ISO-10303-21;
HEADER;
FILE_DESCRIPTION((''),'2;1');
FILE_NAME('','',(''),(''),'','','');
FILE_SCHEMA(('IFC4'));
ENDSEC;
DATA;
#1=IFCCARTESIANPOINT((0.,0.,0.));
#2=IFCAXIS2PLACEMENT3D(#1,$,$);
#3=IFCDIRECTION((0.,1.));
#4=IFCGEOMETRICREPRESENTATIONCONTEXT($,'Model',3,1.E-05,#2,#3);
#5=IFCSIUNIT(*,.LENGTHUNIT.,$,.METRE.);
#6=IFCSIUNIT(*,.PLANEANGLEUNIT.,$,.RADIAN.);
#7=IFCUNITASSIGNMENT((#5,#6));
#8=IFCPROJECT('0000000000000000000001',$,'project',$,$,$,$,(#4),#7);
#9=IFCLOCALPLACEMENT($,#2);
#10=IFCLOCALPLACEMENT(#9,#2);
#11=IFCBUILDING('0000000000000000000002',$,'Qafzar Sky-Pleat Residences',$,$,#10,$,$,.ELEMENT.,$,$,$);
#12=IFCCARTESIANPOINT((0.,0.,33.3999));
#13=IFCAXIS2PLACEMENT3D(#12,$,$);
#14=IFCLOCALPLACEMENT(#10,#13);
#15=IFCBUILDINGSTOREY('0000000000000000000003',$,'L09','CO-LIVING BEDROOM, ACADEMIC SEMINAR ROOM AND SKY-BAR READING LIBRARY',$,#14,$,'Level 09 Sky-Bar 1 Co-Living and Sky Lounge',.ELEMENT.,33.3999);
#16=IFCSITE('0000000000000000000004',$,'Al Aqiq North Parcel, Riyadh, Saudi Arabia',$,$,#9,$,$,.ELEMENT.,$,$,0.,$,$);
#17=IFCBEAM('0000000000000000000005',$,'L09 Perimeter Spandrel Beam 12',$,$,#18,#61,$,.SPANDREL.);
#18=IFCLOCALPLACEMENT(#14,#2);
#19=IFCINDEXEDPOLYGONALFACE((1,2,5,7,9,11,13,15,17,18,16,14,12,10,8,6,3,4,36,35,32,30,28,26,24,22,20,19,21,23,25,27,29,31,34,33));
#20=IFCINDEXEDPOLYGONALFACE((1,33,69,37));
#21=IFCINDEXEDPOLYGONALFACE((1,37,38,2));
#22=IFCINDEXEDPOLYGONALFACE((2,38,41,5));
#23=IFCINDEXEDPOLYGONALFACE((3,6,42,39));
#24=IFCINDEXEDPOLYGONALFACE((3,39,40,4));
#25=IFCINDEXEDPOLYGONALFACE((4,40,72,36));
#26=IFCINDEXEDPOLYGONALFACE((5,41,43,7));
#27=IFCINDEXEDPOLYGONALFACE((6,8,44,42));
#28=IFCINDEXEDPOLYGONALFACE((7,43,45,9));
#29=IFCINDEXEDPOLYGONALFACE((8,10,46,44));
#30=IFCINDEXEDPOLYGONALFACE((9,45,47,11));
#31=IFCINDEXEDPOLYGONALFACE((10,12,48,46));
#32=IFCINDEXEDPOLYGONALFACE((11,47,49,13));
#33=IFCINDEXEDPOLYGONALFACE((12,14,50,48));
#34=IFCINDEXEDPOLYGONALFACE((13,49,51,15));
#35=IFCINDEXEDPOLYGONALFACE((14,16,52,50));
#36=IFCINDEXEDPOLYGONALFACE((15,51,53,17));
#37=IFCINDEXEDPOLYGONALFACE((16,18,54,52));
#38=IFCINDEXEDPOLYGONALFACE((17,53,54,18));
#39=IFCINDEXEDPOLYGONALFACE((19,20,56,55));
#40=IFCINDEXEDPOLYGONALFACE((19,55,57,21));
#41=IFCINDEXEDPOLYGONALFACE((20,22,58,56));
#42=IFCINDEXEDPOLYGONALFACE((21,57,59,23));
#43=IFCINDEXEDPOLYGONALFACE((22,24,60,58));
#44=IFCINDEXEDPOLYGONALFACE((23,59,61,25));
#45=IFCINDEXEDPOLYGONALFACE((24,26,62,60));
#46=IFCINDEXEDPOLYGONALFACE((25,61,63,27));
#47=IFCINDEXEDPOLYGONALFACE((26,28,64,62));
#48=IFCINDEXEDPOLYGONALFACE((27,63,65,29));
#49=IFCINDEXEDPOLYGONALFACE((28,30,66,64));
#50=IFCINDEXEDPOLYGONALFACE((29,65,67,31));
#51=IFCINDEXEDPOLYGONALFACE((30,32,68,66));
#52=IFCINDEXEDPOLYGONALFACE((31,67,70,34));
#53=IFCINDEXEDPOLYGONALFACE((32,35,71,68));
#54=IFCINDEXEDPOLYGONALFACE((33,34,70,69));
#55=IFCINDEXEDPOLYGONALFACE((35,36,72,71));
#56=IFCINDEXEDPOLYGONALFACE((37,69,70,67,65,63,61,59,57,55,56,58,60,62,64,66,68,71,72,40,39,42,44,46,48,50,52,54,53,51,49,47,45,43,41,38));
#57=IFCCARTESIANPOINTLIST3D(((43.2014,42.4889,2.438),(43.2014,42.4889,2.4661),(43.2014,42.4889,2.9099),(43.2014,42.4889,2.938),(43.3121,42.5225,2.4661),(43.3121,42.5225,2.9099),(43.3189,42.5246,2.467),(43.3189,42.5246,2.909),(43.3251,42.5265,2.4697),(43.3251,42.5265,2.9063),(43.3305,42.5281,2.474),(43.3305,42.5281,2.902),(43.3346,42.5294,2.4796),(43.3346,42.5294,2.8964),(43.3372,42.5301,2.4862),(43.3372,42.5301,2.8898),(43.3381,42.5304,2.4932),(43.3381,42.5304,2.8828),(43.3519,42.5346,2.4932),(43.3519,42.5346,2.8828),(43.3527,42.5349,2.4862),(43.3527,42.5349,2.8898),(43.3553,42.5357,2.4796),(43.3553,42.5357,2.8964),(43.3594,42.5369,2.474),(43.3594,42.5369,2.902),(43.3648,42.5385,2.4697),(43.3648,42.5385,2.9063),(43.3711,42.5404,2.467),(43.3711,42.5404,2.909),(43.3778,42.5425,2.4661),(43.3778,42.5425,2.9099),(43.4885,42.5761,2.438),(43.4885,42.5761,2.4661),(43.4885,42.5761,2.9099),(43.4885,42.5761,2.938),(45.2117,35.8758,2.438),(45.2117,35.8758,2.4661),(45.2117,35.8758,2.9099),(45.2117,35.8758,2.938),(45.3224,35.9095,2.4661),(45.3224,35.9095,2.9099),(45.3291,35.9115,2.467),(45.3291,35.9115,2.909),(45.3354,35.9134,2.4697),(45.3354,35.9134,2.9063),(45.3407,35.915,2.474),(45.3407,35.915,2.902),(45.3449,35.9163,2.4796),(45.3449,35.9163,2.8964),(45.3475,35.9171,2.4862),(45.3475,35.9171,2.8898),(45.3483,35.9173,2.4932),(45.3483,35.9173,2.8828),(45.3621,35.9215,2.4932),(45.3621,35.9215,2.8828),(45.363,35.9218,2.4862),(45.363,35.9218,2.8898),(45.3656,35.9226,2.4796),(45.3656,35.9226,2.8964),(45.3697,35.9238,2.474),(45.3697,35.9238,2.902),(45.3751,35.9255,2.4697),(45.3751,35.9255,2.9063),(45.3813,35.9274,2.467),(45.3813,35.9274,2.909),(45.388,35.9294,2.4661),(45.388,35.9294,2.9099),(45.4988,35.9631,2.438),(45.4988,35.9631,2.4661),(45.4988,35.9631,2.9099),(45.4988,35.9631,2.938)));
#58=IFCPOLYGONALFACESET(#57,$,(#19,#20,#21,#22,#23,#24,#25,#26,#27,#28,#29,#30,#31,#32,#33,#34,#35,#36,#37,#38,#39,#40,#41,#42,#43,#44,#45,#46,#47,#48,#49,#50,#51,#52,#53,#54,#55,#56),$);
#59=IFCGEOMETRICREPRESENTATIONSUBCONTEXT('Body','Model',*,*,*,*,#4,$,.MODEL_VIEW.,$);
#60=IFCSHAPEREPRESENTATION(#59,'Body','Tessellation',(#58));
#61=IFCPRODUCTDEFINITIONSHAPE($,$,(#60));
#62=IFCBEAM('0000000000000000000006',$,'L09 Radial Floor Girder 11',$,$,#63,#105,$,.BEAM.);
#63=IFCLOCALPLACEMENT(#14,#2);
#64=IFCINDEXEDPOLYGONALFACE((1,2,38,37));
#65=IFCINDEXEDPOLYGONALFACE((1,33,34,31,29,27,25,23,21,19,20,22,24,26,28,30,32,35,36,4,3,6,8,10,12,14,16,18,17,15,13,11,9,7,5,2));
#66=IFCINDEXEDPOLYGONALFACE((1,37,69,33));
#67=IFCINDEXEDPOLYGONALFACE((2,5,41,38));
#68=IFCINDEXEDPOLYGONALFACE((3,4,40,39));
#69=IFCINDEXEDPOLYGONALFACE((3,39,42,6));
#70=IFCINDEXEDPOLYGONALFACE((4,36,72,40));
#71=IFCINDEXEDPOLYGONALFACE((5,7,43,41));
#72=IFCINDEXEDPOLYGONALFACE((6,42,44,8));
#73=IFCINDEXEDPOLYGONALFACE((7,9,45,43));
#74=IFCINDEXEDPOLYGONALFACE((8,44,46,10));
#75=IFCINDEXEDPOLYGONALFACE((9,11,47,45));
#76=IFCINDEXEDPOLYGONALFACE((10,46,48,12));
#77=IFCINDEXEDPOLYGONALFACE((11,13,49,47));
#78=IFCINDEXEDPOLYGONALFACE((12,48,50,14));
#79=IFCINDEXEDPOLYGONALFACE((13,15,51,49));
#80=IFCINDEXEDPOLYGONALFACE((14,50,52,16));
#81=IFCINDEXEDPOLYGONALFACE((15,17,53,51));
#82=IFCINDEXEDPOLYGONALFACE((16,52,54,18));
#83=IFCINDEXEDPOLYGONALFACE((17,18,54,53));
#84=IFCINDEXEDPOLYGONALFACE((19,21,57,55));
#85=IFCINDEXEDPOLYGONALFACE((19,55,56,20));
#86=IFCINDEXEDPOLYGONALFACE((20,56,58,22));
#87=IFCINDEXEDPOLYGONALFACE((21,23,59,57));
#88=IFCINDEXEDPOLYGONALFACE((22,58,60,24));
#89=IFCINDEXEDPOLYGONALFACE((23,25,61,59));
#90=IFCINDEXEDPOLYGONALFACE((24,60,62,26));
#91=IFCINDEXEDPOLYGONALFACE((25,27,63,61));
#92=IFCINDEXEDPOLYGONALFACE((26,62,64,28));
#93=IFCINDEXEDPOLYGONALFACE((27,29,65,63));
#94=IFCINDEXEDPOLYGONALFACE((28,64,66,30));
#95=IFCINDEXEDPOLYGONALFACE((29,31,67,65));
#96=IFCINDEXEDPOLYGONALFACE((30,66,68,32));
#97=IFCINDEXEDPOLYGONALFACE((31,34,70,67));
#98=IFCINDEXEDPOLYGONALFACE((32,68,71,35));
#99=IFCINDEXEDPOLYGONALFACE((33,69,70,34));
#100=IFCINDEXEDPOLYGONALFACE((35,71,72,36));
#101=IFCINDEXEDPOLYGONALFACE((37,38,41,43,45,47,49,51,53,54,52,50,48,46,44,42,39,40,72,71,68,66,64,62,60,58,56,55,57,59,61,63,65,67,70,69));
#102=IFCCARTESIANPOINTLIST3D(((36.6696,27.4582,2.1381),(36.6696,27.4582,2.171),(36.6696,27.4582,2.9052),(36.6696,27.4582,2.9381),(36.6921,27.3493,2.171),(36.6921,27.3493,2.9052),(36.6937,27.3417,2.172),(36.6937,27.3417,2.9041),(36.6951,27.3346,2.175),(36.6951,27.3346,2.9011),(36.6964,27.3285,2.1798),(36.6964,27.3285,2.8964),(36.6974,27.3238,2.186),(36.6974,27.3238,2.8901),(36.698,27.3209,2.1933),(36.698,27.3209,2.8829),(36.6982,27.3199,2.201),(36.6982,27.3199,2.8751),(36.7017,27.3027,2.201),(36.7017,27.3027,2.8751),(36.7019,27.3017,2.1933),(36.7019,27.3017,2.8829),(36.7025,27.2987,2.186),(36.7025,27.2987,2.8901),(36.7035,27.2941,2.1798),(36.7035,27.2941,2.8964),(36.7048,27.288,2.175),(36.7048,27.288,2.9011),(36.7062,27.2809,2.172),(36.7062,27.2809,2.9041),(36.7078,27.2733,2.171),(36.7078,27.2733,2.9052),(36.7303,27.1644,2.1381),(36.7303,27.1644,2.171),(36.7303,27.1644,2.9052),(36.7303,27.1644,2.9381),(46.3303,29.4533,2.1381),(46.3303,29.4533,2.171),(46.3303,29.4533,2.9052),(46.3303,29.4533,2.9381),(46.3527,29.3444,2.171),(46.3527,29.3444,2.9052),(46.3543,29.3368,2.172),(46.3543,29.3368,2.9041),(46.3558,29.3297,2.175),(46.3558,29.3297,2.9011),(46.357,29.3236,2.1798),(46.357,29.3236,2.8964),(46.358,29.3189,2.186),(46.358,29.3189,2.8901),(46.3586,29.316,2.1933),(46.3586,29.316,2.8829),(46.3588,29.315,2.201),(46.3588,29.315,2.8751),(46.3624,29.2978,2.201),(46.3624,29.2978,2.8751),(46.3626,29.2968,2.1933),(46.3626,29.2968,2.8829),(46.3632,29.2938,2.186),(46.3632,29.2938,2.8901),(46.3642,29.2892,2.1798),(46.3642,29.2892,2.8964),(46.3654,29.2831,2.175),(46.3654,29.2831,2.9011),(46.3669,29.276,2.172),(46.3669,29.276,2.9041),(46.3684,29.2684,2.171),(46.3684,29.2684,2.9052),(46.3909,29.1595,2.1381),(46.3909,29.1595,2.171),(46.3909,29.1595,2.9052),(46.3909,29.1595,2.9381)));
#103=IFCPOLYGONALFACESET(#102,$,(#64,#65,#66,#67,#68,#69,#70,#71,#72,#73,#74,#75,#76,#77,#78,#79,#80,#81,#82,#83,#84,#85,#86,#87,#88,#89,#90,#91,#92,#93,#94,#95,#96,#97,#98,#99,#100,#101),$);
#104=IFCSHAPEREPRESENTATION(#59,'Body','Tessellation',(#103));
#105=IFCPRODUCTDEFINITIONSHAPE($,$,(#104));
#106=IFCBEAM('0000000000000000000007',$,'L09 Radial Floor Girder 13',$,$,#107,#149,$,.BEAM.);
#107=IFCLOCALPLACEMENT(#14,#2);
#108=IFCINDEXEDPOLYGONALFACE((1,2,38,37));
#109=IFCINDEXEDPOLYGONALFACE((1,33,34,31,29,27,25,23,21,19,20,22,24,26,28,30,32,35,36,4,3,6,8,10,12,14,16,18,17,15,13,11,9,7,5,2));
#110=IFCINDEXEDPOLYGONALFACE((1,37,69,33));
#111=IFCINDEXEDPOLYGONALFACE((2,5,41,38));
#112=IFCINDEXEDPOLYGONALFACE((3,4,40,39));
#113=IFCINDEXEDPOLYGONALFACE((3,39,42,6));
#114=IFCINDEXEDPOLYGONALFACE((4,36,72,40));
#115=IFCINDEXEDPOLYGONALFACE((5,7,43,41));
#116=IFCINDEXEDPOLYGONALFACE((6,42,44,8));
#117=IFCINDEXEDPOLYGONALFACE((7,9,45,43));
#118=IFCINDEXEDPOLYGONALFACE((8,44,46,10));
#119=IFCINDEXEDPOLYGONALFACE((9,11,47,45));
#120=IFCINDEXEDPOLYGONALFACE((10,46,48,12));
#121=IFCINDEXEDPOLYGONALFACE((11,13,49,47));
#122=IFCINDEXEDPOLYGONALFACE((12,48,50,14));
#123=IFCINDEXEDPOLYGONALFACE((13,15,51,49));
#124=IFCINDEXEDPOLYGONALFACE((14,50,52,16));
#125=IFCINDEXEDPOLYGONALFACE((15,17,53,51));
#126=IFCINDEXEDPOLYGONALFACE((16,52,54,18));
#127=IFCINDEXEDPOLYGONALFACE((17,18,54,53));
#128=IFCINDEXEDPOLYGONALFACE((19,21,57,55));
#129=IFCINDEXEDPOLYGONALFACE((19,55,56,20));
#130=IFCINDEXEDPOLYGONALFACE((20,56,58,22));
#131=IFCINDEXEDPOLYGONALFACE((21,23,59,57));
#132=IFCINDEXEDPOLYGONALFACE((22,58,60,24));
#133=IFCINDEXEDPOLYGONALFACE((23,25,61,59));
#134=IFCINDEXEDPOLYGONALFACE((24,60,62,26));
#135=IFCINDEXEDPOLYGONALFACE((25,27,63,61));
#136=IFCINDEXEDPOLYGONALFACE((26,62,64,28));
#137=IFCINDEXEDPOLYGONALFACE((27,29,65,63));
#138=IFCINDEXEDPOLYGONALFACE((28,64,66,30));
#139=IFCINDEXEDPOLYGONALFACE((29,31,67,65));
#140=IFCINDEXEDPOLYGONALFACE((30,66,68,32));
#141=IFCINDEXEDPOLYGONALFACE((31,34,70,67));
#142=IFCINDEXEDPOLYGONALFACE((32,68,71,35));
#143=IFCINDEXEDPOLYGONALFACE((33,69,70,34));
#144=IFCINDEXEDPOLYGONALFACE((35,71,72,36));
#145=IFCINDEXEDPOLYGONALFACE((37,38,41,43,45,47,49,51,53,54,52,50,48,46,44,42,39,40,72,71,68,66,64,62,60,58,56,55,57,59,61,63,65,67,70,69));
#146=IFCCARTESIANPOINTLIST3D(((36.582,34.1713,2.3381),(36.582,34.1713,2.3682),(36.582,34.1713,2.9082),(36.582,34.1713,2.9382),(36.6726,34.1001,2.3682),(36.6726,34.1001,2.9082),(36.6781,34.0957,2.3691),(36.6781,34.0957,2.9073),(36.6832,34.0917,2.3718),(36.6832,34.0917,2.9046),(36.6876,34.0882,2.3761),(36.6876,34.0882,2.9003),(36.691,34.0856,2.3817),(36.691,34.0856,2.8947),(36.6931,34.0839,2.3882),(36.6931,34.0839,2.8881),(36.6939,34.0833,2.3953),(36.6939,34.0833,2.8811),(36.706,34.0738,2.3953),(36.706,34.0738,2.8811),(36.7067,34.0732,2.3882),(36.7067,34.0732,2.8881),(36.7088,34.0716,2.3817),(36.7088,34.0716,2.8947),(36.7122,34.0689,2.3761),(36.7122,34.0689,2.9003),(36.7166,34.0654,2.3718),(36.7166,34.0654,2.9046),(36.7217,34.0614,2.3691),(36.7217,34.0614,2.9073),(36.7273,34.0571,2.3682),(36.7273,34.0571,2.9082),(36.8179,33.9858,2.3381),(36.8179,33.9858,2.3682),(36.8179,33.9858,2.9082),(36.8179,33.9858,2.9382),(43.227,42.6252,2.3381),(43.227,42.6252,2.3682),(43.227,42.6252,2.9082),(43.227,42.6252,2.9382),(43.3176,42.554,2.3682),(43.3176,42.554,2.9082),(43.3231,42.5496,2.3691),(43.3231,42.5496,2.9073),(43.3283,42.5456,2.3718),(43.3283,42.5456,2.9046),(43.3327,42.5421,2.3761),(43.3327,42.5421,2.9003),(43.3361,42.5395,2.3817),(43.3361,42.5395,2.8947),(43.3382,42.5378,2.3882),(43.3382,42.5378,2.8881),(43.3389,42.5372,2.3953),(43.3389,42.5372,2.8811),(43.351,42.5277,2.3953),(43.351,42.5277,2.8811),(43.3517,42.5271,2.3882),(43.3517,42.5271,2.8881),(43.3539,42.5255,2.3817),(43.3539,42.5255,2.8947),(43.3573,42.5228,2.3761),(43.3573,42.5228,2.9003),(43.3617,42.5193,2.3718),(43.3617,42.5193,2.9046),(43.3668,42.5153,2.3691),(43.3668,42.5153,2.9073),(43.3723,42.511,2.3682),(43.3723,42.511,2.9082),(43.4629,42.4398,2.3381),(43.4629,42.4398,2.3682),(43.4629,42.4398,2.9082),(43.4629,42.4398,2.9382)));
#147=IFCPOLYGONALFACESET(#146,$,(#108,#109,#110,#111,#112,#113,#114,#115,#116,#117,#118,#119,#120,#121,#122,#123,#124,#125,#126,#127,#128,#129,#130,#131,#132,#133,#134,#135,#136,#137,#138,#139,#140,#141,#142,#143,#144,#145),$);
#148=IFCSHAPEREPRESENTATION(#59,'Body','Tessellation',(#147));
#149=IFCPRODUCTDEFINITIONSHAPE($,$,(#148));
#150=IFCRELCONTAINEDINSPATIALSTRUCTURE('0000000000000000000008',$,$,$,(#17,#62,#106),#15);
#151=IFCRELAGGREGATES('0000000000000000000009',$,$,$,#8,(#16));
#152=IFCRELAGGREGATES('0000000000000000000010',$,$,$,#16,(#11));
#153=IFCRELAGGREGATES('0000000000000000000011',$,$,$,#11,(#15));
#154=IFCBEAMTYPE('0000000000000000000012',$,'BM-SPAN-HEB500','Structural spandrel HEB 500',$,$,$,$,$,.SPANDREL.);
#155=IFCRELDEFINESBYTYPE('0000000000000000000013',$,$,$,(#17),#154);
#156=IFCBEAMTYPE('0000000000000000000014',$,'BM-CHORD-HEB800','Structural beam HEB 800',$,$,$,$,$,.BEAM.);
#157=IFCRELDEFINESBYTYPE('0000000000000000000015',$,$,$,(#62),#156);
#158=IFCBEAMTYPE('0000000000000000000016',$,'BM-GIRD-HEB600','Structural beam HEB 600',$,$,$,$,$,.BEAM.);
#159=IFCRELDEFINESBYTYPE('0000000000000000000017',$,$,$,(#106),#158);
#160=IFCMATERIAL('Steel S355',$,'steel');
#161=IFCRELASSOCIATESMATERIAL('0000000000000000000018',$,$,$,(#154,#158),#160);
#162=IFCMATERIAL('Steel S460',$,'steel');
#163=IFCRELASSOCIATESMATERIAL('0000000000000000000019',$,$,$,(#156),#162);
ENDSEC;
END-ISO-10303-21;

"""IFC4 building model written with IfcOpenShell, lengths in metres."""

from ifc_helpers import new_model, si_unit, direction, frame, origin, origin_2d, place, context, subcontext, project, spatial, i_section, extrude, source, transform, mapped, material, material_profile, profile_set, type_object, element, save


model = new_model("IFC4")

# Units and contexts
model_context = context("Model", 3, precision=1e-05, world=origin(), true_north=direction((0.0, 1.0)))
body_context = subcontext(model_context, "Body", "Model", "MODEL_VIEW")
ifc_project = project(units=[si_unit("LENGTHUNIT", "METRE"), si_unit("PLANEANGLEUNIT", "RADIAN")], contexts=[model_context])

# Site, building, storey
site_placement = place(None, origin())
site = spatial("IfcSite", under=ifc_project, at=site_placement, Name="Al Aqiq North Parcel, Riyadh, Saudi Arabia", CompositionType="ELEMENT", RefElevation=0.0)
building_placement = place(site_placement, origin())
building = spatial("IfcBuilding", under=site, at=building_placement, Name="Qafzar Sky-Pleat Residences", CompositionType="ELEMENT")
storey_placement = place(building_placement, frame((0.0, 0.0, 33.3999)))
storey = spatial("IfcBuildingStorey", under=building, at=storey_placement, Name="L09", Description="CO-LIVING BEDROOM, ACADEMIC SEMINAR ROOM AND SKY-BAR READING LIBRARY", LongName="Level 09 Sky-Bar 1 Co-Living and Sky Lounge", CompositionType="ELEMENT", Elevation=33.3999)

# Shared definitions
ifc_material_1 = material(Name="Steel S460", Category="steel")

# Beams
ifc_material_2 = material(Name="Steel S355", Category="steel")
ifc_material_profile_1 = material_profile(ifc_material_2, i_section(OverallWidth=0.3, OverallDepth=0.5, WebThickness=0.0144, FlangeThickness=0.0281, FilletRadius=0.0271, at=origin_2d()), Name="HEB 500")
ifc_profile_set_1 = profile_set([ifc_material_profile_1], Name="Steel S355")
beam_type_1 = type_object("IfcBeamType", Name="BM-SPAN-HEB500", Description="Structural spandrel HEB 500", PredefinedType="SPANDREL", material=ifc_profile_set_1)
shared_shape_1 = source(origin(), body_context, "Body", "SweptSolid", [
    extrude(i_section(OverallWidth=0.3, OverallDepth=0.5, WebThickness=0.0144, FlangeThickness=0.0281, FilletRadius=0.0271, at=origin_2d()), origin(), (0.0, 0.0, 1.0), 6.9119),
])
beam_1_placement = place(storey_placement, frame((45.3552, 35.9194, 2.688), z_axis=(-0.290843, 0.956771, 0.0), x_axis=(-0.956771, -0.290843, 0.0)))
element("IfcBeam", 1, at=beam_1_placement, inside=storey, type_object=beam_type_1, Name="L09 Perimeter Spandrel Beam 12", PredefinedType="SPANDREL", context=body_context, shape_type="MappedRepresentation", body=[
    mapped(shared_shape_1, transform((0.0, 0.0, 0.0), x_axis=(1.0, 0.0, 0.0), y_axis=(0.0, 1.0, 0.0), z_axis=(0.0, 0.0, 1.0), scale=1.0)),
])
ifc_material_profile_2 = material_profile(ifc_material_1, i_section(OverallWidth=0.3, OverallDepth=0.8, WebThickness=0.0176, FlangeThickness=0.033, FilletRadius=0.03, at=origin_2d()), Name="HEB 800")
ifc_profile_set_2 = profile_set([ifc_material_profile_2], Name="Steel S460")
beam_type_2 = type_object("IfcBeamType", Name="BM-CHORD-HEB800", Description="Structural beam HEB 800", PredefinedType="BEAM", material=ifc_profile_set_2)
shared_shape_2 = source(origin(), body_context, "Body", "SweptSolid", [
    extrude(i_section(OverallWidth=0.3, OverallDepth=0.8, WebThickness=0.0176, FlangeThickness=0.033, FilletRadius=0.03, at=origin_2d()), origin(), (0.0, 0.0, 1.0), 9.8645),
])
beam_2_placement = place(storey_placement, frame((46.3606, 29.3064, 2.5381), z_axis=(-0.979334, -0.202252, 0.0), x_axis=(0.202252, -0.979334, 0.0)))
element("IfcBeam", 2, at=beam_2_placement, inside=storey, type_object=beam_type_2, Name="L09 Radial Floor Girder 11", PredefinedType="BEAM", context=body_context, shape_type="MappedRepresentation", body=[
    mapped(shared_shape_2, transform((0.0, 0.0, 0.0), x_axis=(1.0, 0.0, 0.0), y_axis=(0.0, 1.0, 0.0), z_axis=(0.0, 0.0, 1.0), scale=1.0)),
])
ifc_material_profile_3 = material_profile(ifc_material_2, i_section(OverallWidth=0.3, OverallDepth=0.6001, WebThickness=0.0154, FlangeThickness=0.03, FilletRadius=0.0271, at=origin_2d()), Name="HEB 600")
ifc_profile_set_3 = profile_set([ifc_material_profile_3], Name="Steel S355")
beam_type_3 = type_object("IfcBeamType", Name="BM-GIRD-HEB600", Description="Structural beam HEB 600", PredefinedType="BEAM", material=ifc_profile_set_3)
shared_shape_3 = source(origin(), body_context, "Body", "SweptSolid", [
    extrude(i_section(OverallWidth=0.3, OverallDepth=0.6001, WebThickness=0.0154, FlangeThickness=0.03, FilletRadius=0.0271, at=origin_2d()), origin(), (0.0, 0.0, 1.0), 10.7529),
])
beam_3_placement = place(storey_placement, frame((43.345, 42.5325, 2.6382), z_axis=(-0.617977, -0.786196, 0.0), x_axis=(0.786196, -0.617977, 0.0)))
element("IfcBeam", 3, at=beam_3_placement, inside=storey, type_object=beam_type_3, Name="L09 Radial Floor Girder 13", PredefinedType="BEAM", context=body_context, shape_type="MappedRepresentation", body=[
    mapped(shared_shape_3, transform((0.0, 0.0, 0.0), x_axis=(1.0, 0.0, 0.0), y_axis=(0.0, 1.0, 0.0), z_axis=(0.0, 0.0, 1.0), scale=1.0)),
])

save(model, "model.ifc")
